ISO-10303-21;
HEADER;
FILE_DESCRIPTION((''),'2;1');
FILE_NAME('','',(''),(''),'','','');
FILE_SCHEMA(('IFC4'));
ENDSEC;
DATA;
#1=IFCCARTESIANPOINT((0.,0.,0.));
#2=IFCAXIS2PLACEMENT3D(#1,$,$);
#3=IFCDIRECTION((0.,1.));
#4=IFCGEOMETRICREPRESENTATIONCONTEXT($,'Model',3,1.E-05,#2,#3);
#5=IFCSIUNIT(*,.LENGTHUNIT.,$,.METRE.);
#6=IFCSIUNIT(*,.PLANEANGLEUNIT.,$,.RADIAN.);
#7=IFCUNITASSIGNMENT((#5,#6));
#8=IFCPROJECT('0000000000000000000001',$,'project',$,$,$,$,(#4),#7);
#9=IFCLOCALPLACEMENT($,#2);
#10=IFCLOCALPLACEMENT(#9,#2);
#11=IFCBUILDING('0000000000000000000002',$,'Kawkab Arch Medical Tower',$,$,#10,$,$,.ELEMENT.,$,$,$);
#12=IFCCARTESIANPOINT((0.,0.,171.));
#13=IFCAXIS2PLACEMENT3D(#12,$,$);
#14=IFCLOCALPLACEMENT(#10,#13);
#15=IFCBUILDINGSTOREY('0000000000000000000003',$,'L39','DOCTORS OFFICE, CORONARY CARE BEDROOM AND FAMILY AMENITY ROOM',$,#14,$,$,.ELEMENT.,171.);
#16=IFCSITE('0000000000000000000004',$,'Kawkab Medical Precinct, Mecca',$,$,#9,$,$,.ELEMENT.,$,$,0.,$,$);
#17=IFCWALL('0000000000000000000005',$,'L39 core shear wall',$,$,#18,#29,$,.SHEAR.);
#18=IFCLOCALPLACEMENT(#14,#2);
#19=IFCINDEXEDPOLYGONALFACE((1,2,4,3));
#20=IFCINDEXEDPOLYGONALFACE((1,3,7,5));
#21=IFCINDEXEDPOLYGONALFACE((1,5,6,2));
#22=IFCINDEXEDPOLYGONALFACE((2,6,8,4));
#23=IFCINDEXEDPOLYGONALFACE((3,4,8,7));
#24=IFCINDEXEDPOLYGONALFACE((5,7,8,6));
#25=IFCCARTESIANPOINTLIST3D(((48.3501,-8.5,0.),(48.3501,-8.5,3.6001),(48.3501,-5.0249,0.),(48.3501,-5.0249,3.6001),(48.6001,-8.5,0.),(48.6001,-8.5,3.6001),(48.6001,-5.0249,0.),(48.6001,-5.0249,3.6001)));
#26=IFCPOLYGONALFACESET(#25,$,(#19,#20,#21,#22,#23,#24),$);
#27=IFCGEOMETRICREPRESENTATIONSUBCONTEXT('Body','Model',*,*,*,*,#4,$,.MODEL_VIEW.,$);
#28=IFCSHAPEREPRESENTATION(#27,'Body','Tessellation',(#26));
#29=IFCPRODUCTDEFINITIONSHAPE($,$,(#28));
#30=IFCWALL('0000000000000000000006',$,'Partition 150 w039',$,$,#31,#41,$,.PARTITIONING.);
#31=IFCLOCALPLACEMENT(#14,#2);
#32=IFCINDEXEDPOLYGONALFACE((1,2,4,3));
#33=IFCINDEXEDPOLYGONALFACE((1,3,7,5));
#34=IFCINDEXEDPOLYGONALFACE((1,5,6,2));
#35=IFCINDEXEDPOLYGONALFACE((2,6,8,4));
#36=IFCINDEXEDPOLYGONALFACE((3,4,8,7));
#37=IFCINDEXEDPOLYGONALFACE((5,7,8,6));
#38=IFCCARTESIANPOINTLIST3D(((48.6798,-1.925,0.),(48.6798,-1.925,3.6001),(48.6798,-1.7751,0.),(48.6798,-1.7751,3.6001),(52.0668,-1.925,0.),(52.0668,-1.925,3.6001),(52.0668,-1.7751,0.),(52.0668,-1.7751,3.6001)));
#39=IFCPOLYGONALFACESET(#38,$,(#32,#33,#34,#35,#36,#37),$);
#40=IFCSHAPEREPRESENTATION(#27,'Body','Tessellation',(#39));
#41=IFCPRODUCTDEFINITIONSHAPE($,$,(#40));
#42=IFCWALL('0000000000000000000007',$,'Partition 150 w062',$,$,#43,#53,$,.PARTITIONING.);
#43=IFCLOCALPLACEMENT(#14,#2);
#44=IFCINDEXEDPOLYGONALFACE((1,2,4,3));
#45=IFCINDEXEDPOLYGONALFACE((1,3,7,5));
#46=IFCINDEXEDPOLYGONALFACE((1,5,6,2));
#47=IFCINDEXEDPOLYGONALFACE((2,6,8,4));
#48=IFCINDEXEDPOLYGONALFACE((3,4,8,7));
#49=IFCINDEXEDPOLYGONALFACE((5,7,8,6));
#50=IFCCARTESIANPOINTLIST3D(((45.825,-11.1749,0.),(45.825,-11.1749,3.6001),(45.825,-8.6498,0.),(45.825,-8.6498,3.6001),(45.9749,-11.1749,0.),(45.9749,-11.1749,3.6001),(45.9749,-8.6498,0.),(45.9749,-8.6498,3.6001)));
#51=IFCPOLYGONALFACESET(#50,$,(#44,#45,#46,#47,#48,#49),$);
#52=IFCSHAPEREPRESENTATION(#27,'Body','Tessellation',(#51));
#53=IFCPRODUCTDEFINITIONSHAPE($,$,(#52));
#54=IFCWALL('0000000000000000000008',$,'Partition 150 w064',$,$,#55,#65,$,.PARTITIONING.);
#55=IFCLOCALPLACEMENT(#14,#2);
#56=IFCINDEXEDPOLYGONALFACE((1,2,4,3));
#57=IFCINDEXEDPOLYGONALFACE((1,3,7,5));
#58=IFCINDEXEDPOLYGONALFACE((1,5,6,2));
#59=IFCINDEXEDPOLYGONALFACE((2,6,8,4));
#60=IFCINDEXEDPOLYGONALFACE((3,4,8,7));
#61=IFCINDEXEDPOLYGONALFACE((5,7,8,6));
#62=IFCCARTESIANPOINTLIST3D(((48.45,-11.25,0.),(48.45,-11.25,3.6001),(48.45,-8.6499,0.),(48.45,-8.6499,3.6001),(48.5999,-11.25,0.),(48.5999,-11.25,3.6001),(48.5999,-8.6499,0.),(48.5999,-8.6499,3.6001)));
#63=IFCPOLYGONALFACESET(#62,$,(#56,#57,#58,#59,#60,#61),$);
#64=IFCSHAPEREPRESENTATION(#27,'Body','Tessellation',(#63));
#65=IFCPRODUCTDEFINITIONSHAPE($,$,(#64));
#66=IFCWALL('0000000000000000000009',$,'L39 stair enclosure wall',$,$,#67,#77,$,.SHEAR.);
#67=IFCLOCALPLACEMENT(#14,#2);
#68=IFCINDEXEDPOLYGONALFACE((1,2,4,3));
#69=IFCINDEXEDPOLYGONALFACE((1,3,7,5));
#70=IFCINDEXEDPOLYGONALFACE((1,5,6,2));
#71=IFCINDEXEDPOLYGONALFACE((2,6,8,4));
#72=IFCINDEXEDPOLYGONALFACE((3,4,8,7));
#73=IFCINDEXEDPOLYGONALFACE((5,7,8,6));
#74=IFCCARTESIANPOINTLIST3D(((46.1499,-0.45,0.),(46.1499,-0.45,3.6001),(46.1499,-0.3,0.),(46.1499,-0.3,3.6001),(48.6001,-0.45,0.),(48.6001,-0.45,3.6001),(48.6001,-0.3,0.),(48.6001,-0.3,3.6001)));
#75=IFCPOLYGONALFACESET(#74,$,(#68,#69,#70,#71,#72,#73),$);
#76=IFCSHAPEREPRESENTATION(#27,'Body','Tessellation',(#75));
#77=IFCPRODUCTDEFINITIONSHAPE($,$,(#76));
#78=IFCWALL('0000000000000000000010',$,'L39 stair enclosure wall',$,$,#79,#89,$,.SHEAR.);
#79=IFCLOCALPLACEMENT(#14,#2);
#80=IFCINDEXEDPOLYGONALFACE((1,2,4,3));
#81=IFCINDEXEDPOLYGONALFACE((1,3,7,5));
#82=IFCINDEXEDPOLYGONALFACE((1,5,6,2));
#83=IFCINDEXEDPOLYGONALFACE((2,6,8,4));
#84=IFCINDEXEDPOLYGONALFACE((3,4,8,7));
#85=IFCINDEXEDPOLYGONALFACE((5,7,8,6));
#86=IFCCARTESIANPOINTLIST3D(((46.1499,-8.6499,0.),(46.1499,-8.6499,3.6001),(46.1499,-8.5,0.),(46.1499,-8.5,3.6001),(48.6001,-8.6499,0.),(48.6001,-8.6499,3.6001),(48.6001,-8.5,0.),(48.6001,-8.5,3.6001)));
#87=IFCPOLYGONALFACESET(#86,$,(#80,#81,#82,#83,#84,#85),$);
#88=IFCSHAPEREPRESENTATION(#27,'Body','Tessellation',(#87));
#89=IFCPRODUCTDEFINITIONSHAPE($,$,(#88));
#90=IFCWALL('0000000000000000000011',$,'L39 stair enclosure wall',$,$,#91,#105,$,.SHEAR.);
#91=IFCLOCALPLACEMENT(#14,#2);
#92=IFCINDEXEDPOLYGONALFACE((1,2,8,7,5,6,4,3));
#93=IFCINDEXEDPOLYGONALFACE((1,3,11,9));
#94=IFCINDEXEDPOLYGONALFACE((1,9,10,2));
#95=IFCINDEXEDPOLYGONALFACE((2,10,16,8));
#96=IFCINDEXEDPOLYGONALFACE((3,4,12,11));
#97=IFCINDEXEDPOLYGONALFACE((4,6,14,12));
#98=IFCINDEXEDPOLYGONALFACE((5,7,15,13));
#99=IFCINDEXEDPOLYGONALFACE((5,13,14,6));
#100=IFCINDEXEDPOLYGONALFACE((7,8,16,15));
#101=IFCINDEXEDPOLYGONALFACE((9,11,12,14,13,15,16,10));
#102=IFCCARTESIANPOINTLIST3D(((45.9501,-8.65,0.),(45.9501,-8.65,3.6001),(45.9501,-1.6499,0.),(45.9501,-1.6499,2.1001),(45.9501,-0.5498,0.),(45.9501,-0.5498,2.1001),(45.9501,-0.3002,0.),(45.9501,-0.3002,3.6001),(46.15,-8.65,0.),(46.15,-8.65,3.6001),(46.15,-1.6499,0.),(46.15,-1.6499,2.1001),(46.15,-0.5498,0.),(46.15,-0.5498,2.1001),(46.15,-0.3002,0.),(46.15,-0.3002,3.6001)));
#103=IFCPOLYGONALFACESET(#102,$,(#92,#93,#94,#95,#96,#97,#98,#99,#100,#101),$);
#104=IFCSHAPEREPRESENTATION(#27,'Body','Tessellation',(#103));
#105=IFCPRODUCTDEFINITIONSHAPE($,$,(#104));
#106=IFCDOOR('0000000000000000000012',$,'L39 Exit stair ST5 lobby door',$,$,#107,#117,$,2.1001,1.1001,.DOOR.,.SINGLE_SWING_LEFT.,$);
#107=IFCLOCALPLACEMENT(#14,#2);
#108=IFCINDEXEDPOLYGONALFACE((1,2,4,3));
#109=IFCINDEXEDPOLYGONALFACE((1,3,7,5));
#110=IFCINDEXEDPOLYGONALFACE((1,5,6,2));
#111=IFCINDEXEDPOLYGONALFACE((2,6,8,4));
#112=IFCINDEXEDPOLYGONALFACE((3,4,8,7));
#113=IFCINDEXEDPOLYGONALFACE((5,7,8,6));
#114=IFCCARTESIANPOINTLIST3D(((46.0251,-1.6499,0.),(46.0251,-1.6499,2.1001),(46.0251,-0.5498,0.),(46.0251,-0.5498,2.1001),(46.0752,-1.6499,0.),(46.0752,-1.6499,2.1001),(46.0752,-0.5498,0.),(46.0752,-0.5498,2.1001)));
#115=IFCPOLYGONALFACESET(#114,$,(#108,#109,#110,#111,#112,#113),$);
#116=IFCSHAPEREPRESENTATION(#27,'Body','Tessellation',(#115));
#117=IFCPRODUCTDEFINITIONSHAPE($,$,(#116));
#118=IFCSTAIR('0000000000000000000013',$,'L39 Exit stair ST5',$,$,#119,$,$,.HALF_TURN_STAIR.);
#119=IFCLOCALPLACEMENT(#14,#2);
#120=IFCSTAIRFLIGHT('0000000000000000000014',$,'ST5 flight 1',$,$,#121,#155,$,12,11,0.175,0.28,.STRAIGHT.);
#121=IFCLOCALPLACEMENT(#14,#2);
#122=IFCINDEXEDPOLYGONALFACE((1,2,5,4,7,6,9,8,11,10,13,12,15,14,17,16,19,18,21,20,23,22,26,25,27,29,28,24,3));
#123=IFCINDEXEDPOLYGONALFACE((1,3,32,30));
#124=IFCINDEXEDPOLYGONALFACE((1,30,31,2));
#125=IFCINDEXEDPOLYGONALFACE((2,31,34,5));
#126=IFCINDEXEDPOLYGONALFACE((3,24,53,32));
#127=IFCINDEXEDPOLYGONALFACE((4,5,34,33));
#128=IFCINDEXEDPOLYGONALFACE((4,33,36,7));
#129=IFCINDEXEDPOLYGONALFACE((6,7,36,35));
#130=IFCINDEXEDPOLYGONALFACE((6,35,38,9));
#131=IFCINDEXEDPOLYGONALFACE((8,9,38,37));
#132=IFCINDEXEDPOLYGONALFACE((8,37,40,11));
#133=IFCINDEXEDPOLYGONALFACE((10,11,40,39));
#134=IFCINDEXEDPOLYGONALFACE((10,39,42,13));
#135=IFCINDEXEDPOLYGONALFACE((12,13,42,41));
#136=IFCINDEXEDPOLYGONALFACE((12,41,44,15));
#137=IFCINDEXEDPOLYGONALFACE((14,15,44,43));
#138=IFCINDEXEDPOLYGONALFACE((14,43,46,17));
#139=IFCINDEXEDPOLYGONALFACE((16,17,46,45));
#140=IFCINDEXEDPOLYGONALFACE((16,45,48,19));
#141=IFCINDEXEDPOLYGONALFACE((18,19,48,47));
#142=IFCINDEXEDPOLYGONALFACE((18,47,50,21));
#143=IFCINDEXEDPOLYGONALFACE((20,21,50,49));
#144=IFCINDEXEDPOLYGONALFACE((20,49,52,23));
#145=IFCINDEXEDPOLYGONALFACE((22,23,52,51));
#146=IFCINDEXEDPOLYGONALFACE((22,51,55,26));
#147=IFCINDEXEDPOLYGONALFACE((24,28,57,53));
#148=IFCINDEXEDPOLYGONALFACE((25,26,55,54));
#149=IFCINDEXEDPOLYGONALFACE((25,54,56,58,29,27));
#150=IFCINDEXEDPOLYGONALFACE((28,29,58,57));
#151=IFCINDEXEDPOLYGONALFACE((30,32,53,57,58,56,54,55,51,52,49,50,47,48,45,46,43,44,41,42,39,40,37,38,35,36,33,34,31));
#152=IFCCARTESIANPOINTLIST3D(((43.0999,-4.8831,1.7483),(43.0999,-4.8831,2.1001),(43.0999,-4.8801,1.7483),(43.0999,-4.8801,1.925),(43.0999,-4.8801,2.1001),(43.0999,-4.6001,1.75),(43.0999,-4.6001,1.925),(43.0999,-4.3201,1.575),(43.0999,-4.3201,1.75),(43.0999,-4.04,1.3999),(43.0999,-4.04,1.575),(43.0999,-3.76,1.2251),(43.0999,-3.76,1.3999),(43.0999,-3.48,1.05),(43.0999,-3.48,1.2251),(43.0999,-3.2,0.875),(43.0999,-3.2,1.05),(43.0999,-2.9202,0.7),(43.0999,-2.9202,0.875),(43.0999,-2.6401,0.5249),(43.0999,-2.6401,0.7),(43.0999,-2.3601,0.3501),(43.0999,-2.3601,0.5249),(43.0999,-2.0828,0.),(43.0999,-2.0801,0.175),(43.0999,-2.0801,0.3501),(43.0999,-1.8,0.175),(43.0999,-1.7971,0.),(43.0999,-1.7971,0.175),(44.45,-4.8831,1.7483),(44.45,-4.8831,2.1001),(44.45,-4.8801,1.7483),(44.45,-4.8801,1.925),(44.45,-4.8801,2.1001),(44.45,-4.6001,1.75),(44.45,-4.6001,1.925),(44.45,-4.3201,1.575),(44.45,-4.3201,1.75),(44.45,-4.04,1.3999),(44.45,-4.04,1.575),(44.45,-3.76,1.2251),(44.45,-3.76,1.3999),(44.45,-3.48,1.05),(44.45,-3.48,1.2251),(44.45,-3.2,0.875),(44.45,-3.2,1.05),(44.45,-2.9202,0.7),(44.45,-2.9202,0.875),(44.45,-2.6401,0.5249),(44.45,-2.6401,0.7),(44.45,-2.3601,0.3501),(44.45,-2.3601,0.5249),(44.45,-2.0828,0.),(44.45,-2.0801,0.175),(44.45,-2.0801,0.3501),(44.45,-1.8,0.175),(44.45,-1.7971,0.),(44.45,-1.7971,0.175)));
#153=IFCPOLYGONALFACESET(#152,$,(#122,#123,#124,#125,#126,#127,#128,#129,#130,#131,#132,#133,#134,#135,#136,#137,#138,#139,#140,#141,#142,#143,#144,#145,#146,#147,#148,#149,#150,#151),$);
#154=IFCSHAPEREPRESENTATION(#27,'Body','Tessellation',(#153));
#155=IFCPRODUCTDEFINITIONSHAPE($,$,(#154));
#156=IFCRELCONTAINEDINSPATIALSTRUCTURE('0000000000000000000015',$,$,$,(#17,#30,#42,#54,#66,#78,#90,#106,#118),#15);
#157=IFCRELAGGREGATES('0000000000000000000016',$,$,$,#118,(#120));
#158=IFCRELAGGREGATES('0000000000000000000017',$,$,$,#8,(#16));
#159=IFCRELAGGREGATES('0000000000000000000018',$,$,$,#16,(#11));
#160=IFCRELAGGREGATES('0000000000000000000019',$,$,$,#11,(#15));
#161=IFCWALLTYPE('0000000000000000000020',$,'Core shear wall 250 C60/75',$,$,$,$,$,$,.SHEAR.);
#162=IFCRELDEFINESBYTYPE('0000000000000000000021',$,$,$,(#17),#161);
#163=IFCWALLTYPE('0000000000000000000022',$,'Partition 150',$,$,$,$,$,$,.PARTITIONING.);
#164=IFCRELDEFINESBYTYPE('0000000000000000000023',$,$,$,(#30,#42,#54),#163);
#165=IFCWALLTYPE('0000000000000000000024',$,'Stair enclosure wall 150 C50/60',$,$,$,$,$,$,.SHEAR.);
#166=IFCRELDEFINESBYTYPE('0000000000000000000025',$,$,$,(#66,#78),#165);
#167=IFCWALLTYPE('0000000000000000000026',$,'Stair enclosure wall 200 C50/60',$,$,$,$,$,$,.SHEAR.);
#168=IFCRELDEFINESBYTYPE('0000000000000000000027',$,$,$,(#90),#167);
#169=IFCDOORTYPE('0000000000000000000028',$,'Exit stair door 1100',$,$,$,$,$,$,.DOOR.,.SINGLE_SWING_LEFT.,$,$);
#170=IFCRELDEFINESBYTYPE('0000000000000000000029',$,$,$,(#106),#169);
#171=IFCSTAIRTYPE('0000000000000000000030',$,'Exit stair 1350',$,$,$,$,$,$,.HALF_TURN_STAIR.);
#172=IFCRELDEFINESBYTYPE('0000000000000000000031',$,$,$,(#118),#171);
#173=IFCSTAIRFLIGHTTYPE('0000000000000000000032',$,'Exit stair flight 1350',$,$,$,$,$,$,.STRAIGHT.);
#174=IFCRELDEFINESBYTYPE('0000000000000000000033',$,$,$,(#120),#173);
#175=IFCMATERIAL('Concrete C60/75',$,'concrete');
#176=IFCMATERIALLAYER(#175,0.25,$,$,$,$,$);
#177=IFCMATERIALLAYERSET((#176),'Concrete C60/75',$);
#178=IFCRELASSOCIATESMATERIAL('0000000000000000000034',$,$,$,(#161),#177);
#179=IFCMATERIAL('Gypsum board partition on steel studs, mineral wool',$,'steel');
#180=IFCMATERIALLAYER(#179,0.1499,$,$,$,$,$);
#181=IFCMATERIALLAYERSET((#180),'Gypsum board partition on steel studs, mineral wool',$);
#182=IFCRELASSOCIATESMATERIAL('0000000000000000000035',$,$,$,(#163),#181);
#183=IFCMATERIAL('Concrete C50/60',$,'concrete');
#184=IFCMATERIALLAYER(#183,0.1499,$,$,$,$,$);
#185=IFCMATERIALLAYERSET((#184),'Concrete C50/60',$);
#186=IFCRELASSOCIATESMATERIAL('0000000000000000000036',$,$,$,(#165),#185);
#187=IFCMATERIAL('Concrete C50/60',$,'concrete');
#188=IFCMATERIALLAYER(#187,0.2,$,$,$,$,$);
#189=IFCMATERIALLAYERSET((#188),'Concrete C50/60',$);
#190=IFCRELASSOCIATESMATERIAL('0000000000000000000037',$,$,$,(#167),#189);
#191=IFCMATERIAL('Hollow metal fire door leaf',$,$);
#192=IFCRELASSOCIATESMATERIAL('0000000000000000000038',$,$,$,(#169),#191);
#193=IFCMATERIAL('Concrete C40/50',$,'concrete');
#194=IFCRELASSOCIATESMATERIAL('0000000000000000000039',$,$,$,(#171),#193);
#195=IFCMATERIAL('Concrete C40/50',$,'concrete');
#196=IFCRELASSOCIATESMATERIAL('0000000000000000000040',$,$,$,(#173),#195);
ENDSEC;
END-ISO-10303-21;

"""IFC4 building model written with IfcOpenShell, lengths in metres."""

from ifc_helpers import new_model, si_unit, direction, frame, frame_2d, origin, place, context, subcontext, project, spatial, polyline, rectangle, outline, extrude, material, layer, layer_set, type_object, element, fill, aggregate, save


model = new_model("IFC4")

# Units and contexts
model_context = context("Model", 3, precision=1e-05, world=origin(), true_north=direction((0.0, 1.0)))
body_context = subcontext(model_context, "Body", "Model", "MODEL_VIEW")
ifc_project = project(units=[si_unit("LENGTHUNIT", "METRE"), si_unit("PLANEANGLEUNIT", "RADIAN")], contexts=[model_context])

# Site, building, storey
site_placement = place(None, origin())
site = spatial("IfcSite", under=ifc_project, at=site_placement, Name="Kawkab Medical Precinct, Mecca", CompositionType="ELEMENT", RefElevation=0.0)
building_placement = place(site_placement, origin())
building = spatial("IfcBuilding", under=site, at=building_placement, Name="Kawkab Arch Medical Tower", CompositionType="ELEMENT")
storey_placement = place(building_placement, frame((0.0, 0.0, 171.0)))
storey = spatial("IfcBuildingStorey", under=building, at=storey_placement, Name="L39", Description="DOCTORS OFFICE, CORONARY CARE BEDROOM AND FAMILY AMENITY ROOM", CompositionType="ELEMENT", Elevation=171.0)

# Shared definitions
placement = place(storey_placement, origin())

# Shared definitions
ifc_material_1 = material(Name="Concrete C60/75", Category="concrete")
ifc_layer_1 = layer(ifc_material_1, 0.25)
ifc_layer_set_1 = layer_set([ifc_layer_1], Name="Concrete C60/75")
wall_type_1 = type_object("IfcWallType", Name="Core shear wall 250 C60/75", PredefinedType="SHEAR", material=ifc_layer_set_1)

# Walls
wall_1_placement = place(storey_placement, frame((48.4751, -8.5, 0.0), z_axis=(0.0, 0.0, 1.0), x_axis=(0.0, 1.0, 0.0)))
element("IfcWall", 1, at=wall_1_placement, inside=storey, type_object=wall_type_1, Name="L39 core shear wall", PredefinedType="SHEAR", context=body_context, shape_type="SweptSolid", body=[
    extrude(rectangle(XDim=3.4751, YDim=0.25, at=frame_2d((1.7375, 0.0))), origin(), (0.0, 0.0, 1.0), 3.6001),
])
ifc_material_2 = material(Name="Gypsum board partition on steel studs, mineral wool", Category="steel")
ifc_layer_2 = layer(ifc_material_2, 0.1499)
ifc_layer_set_2 = layer_set([ifc_layer_2], Name="Gypsum board partition on steel studs, mineral wool")
wall_type_2 = type_object("IfcWallType", Name="Partition 150", PredefinedType="PARTITIONING", material=ifc_layer_set_2)
wall_2_placement = place(storey_placement, frame((48.6799, -1.8501, 0.0), z_axis=(0.0, 0.0, 1.0), x_axis=(1.0, 0.0, 0.0)))
element("IfcWall", 2, at=wall_2_placement, inside=storey, type_object=wall_type_2, Name="Partition 150 w039", PredefinedType="PARTITIONING", context=body_context, shape_type="SweptSolid", body=[
    extrude(rectangle(XDim=3.387, YDim=0.1499, at=frame_2d((1.6934, 0.0))), origin(), (0.0, 0.0, 1.0), 3.6001),
])
wall_3_placement = place(storey_placement, frame((45.8999, -11.175, 0.0), z_axis=(0.0, 0.0, 1.0), x_axis=(0.0, 1.0, 0.0)))
element("IfcWall", 3, at=wall_3_placement, inside=storey, type_object=wall_type_2, Name="Partition 150 w062", PredefinedType="PARTITIONING", context=body_context, shape_type="SweptSolid", body=[
    extrude(rectangle(XDim=2.5251, YDim=0.1499, at=frame_2d((1.2627, 0.0))), origin(), (0.0, 0.0, 1.0), 3.6001),
])
wall_4_placement = place(storey_placement, frame((48.5249, -11.25, 0.0), z_axis=(0.0, 0.0, 1.0), x_axis=(0.0, 1.0, 0.0)))
element("IfcWall", 4, at=wall_4_placement, inside=storey, type_object=wall_type_2, Name="Partition 150 w064", PredefinedType="PARTITIONING", context=body_context, shape_type="SweptSolid", body=[
    extrude(rectangle(XDim=2.6001, YDim=0.1499, at=frame_2d((1.3, 0.0))), origin(), (0.0, 0.0, 1.0), 3.6001),
])
ifc_material_3 = material(Name="Concrete C50/60", Category="concrete")
ifc_layer_3 = layer(ifc_material_3, 0.1499)
ifc_layer_set_3 = layer_set([ifc_layer_3], Name="Concrete C50/60")
wall_type_3 = type_object("IfcWallType", Name="Stair enclosure wall 150 C50/60", PredefinedType="SHEAR", material=ifc_layer_set_3)
for number, where, z_axis, x_axis, name in (
    (5, (46.1499, -0.375, 0.0), (0.0, 0.0, 1.0), (1.0, 0.0, 0.0), "L39 stair enclosure wall"),
    (6, (46.1499, -8.575, 0.0), (0.0, 0.0, 1.0), (1.0, 0.0, 0.0), "L39 stair enclosure wall"),
):
    element("IfcWall", number, at=place(storey_placement, frame(where, z_axis=z_axis, x_axis=x_axis)), inside=storey, type_object=wall_type_3, Name=name, PredefinedType="SHEAR", context=body_context, shape_type="SweptSolid", body=[
        extrude(rectangle(XDim=2.4502, YDim=0.1499, at=frame_2d((1.2251, 0.0))), origin(), (0.0, 0.0, 1.0), 3.6001),
    ])

# Wall, opening, door
ifc_material_4 = material(Name="Concrete C50/60", Category="concrete")
ifc_layer_4 = layer(ifc_material_4, 0.2)
ifc_layer_set_4 = layer_set([ifc_layer_4], Name="Concrete C50/60")
wall_type_4 = type_object("IfcWallType", Name="Stair enclosure wall 200 C50/60", PredefinedType="SHEAR", material=ifc_layer_set_4)
wall_5_placement = place(storey_placement, frame((46.05, -8.6499, 0.0), z_axis=(0.0, 0.0, 1.0), x_axis=(0.0, 1.0, 0.0)))
wall_5 = element("IfcWall", 7, at=wall_5_placement, inside=storey, type_object=wall_type_4, Name="L39 stair enclosure wall", PredefinedType="SHEAR", context=body_context, shape_type="SweptSolid", body=[
    extrude(rectangle(XDim=8.3499, YDim=0.2, at=frame_2d((4.1748, 0.0))), origin(), (0.0, 0.0, 1.0), 3.6001),
])
opening_1_placement = place(wall_5_placement, frame((7.0, 0.0, 0.0)))
opening_1 = element("IfcOpeningElement", 8, at=opening_1_placement, cuts=wall_5, PredefinedType="OPENING", context=body_context, shape_type="SweptSolid", body=[
    extrude(rectangle(XDim=1.1001, YDim=2.1001, at=frame_2d((0.55, 1.05))), frame((0.0, 0.1099, 0.0), z_axis=(0.0, -1.0, 0.0), x_axis=(1.0, 0.0, 0.0)), (0.0, 0.0, 1.0), 0.22),
])
ifc_material_5 = material(Name="Hollow metal fire door leaf")
door_type_1 = type_object("IfcDoorType", Name="Exit stair door 1100", OperationType="SINGLE_SWING_LEFT", PredefinedType="DOOR", material=ifc_material_5)
door_1_placement = place(opening_1_placement, origin())
door_1 = element("IfcDoor", 9, at=door_1_placement, inside=storey, type_object=door_type_1, Name="L39 Exit stair ST5 lobby door", OperationType="SINGLE_SWING_LEFT", OverallHeight=2.1001, OverallWidth=1.1001, PredefinedType="DOOR", context=body_context, shape_type="SweptSolid", body=[
    extrude(rectangle(XDim=1.1001, YDim=2.1001, at=frame_2d((0.55, 1.05))), frame((0.0, 0.0249, 0.0), z_axis=(0.0, -1.0, 0.0), x_axis=(1.0, 0.0, 0.0)), (0.0, 0.0, 1.0), 0.05),
])
fill(opening_1, door_1)

# Stair, stair flight
ifc_material_6 = material(Name="Concrete C40/50", Category="concrete")
stair_type = type_object("IfcStairType", Name="Exit stair 1350", PredefinedType="HALF_TURN_STAIR", material=ifc_material_6)
stair = element("IfcStair", 10, at=placement, inside=storey, type_object=stair_type, Name="L39 Exit stair ST5", PredefinedType="HALF_TURN_STAIR")
ifc_material_7 = material(Name="Concrete C40/50", Category="concrete")
stair_flight_type = type_object("IfcStairFlightType", Name="Exit stair flight 1350", PredefinedType="STRAIGHT", material=ifc_material_7)
stair_flight_1_placement = place(storey_placement, frame((43.7749, -1.8, 0.0), z_axis=(0.0, 0.0, 1.0), x_axis=(0.0, -1.0, 0.0)))
stair_flight_1 = element("IfcStairFlight", 11, at=stair_flight_1_placement, type_object=stair_flight_type, Name="ST5 flight 1", NumberOfRisers=12, NumberOfTreads=11, PredefinedType="STRAIGHT", RiserHeight=0.175, TreadLength=0.28, context=body_context, shape_type="SweptSolid", body=[
    extrude(outline(polyline([(-0.0029, 0.0), (-0.0029, 0.175), (0.0, 0.175), (0.28, 0.175), (0.28, 0.3501), (0.5601, 0.3501), (0.5601, 0.5249), (0.8401, 0.5249), (0.8401, 0.7), (1.1201, 0.7), (1.1201, 0.875), (1.3999, 0.875), (1.3999, 1.05), (1.6799, 1.05), (1.6799, 1.2251), (1.96, 1.2251), (1.96, 1.3999), (2.24, 1.3999), (2.24, 1.575), (2.52, 1.575), (2.52, 1.75), (2.8, 1.75), (2.8, 1.925), (3.0801, 1.925), (3.0801, 2.1001), (3.083, 2.1001), (3.083, 1.7483), (3.0801, 1.7483), (0.2827, 0.0), (-0.0029, 0.0)])), frame((0.0, 0.675, 0.0), z_axis=(0.0, -1.0, 0.0), x_axis=(1.0, 0.0, 0.0)), (0.0, 0.0, 1.0), 1.3501),
])
aggregate(stair, [stair_flight_1])

save(model, "model.ifc")
